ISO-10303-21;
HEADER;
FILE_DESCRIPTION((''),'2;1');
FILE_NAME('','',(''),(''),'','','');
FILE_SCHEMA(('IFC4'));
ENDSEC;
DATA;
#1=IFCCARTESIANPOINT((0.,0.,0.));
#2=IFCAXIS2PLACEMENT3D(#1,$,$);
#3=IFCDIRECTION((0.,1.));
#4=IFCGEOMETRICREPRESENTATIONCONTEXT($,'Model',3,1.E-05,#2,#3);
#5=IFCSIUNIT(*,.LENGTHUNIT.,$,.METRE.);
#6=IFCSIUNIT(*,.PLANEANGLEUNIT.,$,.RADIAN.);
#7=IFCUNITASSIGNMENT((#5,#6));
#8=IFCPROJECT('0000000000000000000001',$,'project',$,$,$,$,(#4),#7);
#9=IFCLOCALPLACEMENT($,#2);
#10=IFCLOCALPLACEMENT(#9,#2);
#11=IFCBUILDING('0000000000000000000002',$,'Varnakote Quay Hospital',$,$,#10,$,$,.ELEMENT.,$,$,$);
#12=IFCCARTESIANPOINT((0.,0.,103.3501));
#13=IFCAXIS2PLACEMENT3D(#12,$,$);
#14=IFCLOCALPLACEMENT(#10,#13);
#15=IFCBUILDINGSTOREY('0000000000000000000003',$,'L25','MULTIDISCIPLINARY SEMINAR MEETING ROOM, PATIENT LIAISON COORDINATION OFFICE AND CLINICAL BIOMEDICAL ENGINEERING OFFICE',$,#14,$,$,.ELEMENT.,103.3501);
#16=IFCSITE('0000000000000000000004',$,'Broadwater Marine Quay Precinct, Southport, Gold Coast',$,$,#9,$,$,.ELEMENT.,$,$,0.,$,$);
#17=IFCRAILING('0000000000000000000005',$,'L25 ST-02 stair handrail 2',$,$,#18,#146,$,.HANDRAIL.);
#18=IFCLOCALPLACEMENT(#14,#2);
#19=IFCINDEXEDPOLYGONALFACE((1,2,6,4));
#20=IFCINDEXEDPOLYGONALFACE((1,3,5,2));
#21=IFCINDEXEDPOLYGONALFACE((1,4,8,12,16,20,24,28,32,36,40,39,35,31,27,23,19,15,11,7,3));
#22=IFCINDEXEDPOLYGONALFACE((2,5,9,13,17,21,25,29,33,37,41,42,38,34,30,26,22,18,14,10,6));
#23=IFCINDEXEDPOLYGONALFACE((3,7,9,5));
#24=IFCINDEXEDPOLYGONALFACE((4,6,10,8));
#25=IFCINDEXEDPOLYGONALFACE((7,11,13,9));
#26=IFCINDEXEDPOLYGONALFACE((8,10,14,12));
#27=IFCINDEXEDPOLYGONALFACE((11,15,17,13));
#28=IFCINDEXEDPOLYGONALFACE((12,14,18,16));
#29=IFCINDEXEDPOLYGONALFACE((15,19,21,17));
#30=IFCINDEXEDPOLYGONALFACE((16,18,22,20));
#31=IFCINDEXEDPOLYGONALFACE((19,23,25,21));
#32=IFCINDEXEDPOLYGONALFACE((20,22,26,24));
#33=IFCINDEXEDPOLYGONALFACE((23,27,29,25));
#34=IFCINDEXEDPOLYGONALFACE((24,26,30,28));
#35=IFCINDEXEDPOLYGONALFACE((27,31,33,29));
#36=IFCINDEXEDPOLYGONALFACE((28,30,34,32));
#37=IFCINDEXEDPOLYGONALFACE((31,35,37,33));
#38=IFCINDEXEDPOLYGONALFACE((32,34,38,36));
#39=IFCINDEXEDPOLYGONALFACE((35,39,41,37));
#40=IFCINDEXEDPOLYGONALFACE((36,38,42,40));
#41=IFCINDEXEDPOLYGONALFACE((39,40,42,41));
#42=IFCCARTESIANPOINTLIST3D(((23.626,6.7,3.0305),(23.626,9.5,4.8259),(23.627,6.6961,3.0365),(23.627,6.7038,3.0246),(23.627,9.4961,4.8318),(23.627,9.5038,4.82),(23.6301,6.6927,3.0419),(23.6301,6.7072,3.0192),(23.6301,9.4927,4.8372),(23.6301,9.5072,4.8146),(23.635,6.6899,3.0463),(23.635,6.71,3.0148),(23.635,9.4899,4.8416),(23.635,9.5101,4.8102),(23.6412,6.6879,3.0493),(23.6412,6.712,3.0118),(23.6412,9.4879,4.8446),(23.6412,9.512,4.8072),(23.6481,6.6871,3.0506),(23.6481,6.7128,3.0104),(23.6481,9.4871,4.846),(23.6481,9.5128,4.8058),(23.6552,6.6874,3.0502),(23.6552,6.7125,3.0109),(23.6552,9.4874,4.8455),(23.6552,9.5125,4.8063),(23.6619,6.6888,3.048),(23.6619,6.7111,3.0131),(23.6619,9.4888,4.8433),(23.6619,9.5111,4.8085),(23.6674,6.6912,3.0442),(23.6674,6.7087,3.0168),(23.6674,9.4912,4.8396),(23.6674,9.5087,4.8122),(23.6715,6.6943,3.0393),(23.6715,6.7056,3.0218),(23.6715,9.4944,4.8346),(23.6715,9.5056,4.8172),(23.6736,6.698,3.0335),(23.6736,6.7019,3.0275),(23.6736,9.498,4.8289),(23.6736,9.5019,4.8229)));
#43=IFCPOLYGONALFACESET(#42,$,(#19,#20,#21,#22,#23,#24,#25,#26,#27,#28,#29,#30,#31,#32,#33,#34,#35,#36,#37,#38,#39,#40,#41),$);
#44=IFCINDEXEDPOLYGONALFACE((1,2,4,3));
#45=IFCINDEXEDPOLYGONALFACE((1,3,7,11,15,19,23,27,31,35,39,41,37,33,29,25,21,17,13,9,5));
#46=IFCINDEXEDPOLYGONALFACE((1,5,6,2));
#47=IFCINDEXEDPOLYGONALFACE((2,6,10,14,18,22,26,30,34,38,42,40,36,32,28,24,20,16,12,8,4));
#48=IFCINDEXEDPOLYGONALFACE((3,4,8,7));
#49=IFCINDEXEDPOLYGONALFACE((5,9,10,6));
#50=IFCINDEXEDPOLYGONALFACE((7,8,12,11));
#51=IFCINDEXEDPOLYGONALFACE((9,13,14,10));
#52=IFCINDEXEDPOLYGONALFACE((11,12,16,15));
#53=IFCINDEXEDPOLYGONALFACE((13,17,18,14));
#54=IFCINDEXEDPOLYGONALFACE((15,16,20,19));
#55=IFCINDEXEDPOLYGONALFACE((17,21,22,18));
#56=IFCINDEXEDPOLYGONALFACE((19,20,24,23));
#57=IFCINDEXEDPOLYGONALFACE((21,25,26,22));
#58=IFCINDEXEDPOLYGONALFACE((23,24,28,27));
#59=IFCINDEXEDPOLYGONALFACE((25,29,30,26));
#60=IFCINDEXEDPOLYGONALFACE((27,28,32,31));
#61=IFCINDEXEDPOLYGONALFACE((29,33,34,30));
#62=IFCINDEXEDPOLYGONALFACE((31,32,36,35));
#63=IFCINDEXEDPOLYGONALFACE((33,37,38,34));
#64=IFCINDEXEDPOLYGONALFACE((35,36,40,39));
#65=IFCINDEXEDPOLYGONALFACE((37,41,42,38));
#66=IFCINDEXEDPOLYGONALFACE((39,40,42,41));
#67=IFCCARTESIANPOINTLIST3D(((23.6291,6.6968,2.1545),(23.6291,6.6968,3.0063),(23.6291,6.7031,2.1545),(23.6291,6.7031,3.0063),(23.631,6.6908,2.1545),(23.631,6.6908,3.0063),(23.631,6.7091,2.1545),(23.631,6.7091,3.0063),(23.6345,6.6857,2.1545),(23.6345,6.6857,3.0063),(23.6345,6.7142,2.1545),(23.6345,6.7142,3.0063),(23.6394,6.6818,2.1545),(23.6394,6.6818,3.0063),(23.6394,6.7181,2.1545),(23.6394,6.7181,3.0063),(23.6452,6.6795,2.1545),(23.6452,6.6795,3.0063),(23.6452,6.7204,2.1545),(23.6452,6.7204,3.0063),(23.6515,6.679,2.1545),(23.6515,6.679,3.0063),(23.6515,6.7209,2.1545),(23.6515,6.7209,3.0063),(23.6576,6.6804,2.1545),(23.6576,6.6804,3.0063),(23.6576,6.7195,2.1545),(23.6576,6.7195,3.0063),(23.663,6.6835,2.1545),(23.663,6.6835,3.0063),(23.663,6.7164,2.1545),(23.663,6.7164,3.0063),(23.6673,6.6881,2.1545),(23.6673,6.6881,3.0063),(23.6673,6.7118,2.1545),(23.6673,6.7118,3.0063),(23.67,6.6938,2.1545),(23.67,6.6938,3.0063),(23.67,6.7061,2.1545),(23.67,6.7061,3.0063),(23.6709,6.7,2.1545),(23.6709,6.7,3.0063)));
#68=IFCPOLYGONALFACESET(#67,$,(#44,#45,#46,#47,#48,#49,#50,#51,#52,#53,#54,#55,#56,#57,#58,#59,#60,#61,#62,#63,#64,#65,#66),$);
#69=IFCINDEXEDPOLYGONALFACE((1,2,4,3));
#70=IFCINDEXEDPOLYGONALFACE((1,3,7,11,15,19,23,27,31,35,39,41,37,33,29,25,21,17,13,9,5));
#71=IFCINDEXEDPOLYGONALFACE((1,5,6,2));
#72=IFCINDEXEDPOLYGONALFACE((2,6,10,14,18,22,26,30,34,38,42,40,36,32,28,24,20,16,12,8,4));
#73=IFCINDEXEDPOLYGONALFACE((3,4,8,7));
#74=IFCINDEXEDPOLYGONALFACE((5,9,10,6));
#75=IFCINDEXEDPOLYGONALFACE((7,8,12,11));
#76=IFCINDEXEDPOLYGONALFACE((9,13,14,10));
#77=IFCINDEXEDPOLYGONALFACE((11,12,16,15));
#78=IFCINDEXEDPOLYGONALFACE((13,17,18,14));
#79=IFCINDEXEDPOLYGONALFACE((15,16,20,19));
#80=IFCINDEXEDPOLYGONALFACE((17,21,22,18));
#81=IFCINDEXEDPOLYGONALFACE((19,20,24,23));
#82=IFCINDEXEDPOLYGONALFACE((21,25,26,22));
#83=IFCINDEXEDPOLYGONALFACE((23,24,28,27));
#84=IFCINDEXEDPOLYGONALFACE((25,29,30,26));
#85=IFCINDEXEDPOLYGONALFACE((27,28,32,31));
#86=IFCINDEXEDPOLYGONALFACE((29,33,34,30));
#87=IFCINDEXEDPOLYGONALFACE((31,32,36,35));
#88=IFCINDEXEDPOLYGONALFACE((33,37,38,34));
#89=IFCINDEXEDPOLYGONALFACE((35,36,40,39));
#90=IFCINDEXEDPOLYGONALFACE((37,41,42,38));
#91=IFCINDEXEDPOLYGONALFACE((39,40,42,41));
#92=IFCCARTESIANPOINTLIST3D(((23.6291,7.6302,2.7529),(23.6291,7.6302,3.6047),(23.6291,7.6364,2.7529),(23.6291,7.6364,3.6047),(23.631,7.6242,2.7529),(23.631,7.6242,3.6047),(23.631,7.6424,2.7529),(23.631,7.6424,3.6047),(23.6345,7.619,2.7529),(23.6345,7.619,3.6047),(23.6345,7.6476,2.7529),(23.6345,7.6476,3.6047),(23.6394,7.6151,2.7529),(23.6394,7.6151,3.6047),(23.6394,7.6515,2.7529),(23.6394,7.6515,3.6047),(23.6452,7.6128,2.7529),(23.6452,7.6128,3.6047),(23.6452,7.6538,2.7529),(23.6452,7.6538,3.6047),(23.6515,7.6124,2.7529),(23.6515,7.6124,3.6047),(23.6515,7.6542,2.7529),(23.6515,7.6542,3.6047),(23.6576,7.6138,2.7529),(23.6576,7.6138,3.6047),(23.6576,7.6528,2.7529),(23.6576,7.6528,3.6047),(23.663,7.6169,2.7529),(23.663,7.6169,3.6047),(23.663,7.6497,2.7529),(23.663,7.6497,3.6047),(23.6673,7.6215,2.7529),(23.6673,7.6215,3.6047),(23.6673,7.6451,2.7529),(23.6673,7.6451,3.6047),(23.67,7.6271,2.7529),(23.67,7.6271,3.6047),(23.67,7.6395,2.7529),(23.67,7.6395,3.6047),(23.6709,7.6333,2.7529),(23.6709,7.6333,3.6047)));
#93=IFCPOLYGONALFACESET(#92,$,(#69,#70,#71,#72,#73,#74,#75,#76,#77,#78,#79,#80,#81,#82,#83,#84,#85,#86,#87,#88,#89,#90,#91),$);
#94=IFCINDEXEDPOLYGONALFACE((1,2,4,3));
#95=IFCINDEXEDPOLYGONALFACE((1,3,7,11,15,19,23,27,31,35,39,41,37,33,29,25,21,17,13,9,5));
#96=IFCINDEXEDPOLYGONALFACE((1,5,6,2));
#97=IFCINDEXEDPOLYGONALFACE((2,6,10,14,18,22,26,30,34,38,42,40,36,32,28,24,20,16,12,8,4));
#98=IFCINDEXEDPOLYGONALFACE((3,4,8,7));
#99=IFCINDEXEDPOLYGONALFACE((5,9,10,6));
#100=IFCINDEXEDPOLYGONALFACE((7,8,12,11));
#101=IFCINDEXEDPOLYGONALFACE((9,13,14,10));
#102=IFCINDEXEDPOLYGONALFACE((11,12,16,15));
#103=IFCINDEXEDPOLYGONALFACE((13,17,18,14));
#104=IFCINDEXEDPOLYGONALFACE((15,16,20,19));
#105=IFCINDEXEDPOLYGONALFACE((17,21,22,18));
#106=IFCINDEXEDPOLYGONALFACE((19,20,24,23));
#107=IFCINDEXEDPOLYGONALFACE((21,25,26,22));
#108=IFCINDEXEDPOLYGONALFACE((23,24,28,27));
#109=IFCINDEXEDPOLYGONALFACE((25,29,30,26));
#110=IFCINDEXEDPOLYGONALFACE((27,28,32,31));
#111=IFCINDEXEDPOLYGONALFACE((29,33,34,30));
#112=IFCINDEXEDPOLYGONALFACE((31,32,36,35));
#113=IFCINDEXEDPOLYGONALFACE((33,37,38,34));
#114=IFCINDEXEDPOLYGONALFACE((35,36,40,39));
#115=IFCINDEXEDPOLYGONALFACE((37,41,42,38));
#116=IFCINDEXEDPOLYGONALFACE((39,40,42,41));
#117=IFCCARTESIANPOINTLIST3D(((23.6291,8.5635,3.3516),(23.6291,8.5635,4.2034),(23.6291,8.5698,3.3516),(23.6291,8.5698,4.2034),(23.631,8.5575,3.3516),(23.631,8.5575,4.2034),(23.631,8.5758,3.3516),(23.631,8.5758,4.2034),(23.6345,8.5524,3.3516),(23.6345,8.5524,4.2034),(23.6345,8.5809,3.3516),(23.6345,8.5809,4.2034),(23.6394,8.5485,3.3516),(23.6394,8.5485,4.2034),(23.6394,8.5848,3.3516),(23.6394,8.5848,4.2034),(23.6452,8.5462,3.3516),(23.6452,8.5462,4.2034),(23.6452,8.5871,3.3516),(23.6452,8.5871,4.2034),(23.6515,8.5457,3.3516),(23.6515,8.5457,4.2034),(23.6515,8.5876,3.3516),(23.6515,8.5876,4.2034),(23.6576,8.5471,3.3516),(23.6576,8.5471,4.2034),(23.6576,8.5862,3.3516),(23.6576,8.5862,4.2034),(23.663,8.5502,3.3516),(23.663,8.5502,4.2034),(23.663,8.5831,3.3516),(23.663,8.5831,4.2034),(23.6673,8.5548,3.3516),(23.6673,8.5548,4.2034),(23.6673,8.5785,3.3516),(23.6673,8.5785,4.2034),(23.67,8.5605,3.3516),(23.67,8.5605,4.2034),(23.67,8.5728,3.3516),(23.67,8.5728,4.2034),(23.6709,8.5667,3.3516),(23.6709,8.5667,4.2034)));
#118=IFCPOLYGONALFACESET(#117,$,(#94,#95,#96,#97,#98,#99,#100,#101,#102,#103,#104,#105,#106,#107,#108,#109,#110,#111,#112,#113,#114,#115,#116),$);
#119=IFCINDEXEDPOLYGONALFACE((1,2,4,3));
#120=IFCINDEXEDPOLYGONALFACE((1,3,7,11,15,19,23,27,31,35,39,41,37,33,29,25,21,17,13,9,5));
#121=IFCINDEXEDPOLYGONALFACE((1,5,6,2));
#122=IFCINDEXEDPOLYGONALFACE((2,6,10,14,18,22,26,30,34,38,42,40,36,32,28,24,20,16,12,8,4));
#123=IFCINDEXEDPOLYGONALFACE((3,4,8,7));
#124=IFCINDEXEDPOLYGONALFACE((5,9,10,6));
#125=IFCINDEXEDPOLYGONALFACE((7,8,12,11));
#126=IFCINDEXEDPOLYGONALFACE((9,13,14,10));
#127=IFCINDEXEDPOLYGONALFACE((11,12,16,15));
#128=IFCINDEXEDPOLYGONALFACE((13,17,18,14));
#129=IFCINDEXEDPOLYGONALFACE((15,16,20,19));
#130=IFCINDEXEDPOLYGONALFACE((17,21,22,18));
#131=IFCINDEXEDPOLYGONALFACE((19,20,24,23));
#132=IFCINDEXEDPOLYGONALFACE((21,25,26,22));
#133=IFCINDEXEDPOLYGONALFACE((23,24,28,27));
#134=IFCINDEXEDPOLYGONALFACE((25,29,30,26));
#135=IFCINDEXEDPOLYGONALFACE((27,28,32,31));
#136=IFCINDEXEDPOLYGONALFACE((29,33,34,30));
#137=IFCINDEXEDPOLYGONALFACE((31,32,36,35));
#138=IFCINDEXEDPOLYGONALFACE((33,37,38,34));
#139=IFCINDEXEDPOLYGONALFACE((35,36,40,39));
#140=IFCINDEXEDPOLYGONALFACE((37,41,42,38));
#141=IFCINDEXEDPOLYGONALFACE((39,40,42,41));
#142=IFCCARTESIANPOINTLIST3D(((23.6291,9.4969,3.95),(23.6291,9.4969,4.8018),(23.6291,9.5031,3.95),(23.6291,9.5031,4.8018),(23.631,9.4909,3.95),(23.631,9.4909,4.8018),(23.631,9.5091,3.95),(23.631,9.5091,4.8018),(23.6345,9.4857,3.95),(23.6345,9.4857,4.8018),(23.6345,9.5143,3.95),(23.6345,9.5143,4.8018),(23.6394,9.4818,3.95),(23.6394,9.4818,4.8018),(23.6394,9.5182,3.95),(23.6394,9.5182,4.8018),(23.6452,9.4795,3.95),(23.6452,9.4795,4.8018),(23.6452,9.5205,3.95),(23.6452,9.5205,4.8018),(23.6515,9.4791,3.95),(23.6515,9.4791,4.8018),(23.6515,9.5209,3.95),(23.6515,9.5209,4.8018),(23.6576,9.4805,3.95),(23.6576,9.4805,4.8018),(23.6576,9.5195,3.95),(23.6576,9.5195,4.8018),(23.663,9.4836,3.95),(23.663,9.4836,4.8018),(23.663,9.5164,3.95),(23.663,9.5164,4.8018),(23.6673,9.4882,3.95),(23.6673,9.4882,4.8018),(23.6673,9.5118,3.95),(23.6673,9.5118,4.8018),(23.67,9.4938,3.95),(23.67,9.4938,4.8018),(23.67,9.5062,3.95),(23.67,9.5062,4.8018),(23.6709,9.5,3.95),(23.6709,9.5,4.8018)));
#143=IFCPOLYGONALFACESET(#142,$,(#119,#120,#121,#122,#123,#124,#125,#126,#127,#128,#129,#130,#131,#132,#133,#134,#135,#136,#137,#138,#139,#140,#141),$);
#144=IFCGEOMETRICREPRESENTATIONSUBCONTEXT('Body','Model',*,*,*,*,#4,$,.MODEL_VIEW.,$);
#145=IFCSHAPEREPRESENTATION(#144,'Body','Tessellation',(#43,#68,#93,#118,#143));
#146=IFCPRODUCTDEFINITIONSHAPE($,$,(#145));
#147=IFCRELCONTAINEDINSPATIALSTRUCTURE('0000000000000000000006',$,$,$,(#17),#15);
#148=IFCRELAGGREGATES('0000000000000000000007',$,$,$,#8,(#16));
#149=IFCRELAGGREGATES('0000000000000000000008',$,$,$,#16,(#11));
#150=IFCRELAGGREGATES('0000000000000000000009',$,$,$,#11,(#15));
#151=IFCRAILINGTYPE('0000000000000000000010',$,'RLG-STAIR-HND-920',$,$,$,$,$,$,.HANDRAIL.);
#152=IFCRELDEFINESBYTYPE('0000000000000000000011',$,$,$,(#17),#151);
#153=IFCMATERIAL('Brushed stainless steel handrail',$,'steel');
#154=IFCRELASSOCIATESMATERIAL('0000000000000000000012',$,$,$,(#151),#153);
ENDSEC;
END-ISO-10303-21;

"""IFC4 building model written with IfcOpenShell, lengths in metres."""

from ifc_helpers import new_model, si_unit, direction, frame, origin, origin_2d, place, context, subcontext, project, spatial, circle, extrude, material, type_object, element, save


model = new_model("IFC4")

# Units and contexts
model_context = context("Model", 3, precision=1e-05, world=origin(), true_north=direction((0.0, 1.0)))
body_context = subcontext(model_context, "Body", "Model", "MODEL_VIEW")
ifc_project = project(units=[si_unit("LENGTHUNIT", "METRE"), si_unit("PLANEANGLEUNIT", "RADIAN")], contexts=[model_context])

# Site, building, storey
site_placement = place(None, origin())
site = spatial("IfcSite", under=ifc_project, at=site_placement, Name="Broadwater Marine Quay Precinct, Southport, Gold Coast", CompositionType="ELEMENT", RefElevation=0.0)
building_placement = place(site_placement, origin())
building = spatial("IfcBuilding", under=site, at=building_placement, Name="Varnakote Quay Hospital", CompositionType="ELEMENT")
storey_placement = place(building_placement, frame((0.0, 0.0, 103.3501)))
storey = spatial("IfcBuildingStorey", under=building, at=storey_placement, Name="L25", Description="MULTIDISCIPLINARY SEMINAR MEETING ROOM, PATIENT LIAISON COORDINATION OFFICE AND CLINICAL BIOMEDICAL ENGINEERING OFFICE", CompositionType="ELEMENT", Elevation=103.3501)

# Railing
ifc_material_1 = material(Name="Brushed stainless steel handrail", Category="steel")
railing_type_1 = type_object("IfcRailingType", Name="RLG-STAIR-HND-920", PredefinedType="HANDRAIL", material=ifc_material_1)
railing_1_placement = place(storey_placement, frame((23.6499, 6.7, 2.1545)))
element("IfcRailing", 1, at=railing_1_placement, inside=storey, type_object=railing_type_1, Name="L25 ST-02 stair handrail 2", PredefinedType="HANDRAIL", context=body_context, shape_type="SweptSolid", body=[
    extrude(circle(Radius=0.0239, at=origin_2d()), frame((0.0, 0.0, 0.876), z_axis=(0.0, 0.84181, 0.539774), x_axis=(-1.0, 0.0, 0.0)), (0.0, 0.0, 1.0), 3.3262),
    extrude(circle(Radius=0.021, at=origin_2d()), origin(), (0.0, 0.0, 1.0), 0.8518),
    extrude(circle(Radius=0.021, at=origin_2d()), frame((0.0, 0.9333, 0.5984)), (0.0, 0.0, 1.0), 0.8518),
    extrude(circle(Radius=0.021, at=origin_2d()), frame((0.0, 1.8667, 1.197)), (0.0, 0.0, 1.0), 0.8518),
    extrude(circle(Radius=0.021, at=origin_2d()), frame((0.0, 2.8, 1.7954)), (0.0, 0.0, 1.0), 0.8518),
])

save(model, "model.ifc")
